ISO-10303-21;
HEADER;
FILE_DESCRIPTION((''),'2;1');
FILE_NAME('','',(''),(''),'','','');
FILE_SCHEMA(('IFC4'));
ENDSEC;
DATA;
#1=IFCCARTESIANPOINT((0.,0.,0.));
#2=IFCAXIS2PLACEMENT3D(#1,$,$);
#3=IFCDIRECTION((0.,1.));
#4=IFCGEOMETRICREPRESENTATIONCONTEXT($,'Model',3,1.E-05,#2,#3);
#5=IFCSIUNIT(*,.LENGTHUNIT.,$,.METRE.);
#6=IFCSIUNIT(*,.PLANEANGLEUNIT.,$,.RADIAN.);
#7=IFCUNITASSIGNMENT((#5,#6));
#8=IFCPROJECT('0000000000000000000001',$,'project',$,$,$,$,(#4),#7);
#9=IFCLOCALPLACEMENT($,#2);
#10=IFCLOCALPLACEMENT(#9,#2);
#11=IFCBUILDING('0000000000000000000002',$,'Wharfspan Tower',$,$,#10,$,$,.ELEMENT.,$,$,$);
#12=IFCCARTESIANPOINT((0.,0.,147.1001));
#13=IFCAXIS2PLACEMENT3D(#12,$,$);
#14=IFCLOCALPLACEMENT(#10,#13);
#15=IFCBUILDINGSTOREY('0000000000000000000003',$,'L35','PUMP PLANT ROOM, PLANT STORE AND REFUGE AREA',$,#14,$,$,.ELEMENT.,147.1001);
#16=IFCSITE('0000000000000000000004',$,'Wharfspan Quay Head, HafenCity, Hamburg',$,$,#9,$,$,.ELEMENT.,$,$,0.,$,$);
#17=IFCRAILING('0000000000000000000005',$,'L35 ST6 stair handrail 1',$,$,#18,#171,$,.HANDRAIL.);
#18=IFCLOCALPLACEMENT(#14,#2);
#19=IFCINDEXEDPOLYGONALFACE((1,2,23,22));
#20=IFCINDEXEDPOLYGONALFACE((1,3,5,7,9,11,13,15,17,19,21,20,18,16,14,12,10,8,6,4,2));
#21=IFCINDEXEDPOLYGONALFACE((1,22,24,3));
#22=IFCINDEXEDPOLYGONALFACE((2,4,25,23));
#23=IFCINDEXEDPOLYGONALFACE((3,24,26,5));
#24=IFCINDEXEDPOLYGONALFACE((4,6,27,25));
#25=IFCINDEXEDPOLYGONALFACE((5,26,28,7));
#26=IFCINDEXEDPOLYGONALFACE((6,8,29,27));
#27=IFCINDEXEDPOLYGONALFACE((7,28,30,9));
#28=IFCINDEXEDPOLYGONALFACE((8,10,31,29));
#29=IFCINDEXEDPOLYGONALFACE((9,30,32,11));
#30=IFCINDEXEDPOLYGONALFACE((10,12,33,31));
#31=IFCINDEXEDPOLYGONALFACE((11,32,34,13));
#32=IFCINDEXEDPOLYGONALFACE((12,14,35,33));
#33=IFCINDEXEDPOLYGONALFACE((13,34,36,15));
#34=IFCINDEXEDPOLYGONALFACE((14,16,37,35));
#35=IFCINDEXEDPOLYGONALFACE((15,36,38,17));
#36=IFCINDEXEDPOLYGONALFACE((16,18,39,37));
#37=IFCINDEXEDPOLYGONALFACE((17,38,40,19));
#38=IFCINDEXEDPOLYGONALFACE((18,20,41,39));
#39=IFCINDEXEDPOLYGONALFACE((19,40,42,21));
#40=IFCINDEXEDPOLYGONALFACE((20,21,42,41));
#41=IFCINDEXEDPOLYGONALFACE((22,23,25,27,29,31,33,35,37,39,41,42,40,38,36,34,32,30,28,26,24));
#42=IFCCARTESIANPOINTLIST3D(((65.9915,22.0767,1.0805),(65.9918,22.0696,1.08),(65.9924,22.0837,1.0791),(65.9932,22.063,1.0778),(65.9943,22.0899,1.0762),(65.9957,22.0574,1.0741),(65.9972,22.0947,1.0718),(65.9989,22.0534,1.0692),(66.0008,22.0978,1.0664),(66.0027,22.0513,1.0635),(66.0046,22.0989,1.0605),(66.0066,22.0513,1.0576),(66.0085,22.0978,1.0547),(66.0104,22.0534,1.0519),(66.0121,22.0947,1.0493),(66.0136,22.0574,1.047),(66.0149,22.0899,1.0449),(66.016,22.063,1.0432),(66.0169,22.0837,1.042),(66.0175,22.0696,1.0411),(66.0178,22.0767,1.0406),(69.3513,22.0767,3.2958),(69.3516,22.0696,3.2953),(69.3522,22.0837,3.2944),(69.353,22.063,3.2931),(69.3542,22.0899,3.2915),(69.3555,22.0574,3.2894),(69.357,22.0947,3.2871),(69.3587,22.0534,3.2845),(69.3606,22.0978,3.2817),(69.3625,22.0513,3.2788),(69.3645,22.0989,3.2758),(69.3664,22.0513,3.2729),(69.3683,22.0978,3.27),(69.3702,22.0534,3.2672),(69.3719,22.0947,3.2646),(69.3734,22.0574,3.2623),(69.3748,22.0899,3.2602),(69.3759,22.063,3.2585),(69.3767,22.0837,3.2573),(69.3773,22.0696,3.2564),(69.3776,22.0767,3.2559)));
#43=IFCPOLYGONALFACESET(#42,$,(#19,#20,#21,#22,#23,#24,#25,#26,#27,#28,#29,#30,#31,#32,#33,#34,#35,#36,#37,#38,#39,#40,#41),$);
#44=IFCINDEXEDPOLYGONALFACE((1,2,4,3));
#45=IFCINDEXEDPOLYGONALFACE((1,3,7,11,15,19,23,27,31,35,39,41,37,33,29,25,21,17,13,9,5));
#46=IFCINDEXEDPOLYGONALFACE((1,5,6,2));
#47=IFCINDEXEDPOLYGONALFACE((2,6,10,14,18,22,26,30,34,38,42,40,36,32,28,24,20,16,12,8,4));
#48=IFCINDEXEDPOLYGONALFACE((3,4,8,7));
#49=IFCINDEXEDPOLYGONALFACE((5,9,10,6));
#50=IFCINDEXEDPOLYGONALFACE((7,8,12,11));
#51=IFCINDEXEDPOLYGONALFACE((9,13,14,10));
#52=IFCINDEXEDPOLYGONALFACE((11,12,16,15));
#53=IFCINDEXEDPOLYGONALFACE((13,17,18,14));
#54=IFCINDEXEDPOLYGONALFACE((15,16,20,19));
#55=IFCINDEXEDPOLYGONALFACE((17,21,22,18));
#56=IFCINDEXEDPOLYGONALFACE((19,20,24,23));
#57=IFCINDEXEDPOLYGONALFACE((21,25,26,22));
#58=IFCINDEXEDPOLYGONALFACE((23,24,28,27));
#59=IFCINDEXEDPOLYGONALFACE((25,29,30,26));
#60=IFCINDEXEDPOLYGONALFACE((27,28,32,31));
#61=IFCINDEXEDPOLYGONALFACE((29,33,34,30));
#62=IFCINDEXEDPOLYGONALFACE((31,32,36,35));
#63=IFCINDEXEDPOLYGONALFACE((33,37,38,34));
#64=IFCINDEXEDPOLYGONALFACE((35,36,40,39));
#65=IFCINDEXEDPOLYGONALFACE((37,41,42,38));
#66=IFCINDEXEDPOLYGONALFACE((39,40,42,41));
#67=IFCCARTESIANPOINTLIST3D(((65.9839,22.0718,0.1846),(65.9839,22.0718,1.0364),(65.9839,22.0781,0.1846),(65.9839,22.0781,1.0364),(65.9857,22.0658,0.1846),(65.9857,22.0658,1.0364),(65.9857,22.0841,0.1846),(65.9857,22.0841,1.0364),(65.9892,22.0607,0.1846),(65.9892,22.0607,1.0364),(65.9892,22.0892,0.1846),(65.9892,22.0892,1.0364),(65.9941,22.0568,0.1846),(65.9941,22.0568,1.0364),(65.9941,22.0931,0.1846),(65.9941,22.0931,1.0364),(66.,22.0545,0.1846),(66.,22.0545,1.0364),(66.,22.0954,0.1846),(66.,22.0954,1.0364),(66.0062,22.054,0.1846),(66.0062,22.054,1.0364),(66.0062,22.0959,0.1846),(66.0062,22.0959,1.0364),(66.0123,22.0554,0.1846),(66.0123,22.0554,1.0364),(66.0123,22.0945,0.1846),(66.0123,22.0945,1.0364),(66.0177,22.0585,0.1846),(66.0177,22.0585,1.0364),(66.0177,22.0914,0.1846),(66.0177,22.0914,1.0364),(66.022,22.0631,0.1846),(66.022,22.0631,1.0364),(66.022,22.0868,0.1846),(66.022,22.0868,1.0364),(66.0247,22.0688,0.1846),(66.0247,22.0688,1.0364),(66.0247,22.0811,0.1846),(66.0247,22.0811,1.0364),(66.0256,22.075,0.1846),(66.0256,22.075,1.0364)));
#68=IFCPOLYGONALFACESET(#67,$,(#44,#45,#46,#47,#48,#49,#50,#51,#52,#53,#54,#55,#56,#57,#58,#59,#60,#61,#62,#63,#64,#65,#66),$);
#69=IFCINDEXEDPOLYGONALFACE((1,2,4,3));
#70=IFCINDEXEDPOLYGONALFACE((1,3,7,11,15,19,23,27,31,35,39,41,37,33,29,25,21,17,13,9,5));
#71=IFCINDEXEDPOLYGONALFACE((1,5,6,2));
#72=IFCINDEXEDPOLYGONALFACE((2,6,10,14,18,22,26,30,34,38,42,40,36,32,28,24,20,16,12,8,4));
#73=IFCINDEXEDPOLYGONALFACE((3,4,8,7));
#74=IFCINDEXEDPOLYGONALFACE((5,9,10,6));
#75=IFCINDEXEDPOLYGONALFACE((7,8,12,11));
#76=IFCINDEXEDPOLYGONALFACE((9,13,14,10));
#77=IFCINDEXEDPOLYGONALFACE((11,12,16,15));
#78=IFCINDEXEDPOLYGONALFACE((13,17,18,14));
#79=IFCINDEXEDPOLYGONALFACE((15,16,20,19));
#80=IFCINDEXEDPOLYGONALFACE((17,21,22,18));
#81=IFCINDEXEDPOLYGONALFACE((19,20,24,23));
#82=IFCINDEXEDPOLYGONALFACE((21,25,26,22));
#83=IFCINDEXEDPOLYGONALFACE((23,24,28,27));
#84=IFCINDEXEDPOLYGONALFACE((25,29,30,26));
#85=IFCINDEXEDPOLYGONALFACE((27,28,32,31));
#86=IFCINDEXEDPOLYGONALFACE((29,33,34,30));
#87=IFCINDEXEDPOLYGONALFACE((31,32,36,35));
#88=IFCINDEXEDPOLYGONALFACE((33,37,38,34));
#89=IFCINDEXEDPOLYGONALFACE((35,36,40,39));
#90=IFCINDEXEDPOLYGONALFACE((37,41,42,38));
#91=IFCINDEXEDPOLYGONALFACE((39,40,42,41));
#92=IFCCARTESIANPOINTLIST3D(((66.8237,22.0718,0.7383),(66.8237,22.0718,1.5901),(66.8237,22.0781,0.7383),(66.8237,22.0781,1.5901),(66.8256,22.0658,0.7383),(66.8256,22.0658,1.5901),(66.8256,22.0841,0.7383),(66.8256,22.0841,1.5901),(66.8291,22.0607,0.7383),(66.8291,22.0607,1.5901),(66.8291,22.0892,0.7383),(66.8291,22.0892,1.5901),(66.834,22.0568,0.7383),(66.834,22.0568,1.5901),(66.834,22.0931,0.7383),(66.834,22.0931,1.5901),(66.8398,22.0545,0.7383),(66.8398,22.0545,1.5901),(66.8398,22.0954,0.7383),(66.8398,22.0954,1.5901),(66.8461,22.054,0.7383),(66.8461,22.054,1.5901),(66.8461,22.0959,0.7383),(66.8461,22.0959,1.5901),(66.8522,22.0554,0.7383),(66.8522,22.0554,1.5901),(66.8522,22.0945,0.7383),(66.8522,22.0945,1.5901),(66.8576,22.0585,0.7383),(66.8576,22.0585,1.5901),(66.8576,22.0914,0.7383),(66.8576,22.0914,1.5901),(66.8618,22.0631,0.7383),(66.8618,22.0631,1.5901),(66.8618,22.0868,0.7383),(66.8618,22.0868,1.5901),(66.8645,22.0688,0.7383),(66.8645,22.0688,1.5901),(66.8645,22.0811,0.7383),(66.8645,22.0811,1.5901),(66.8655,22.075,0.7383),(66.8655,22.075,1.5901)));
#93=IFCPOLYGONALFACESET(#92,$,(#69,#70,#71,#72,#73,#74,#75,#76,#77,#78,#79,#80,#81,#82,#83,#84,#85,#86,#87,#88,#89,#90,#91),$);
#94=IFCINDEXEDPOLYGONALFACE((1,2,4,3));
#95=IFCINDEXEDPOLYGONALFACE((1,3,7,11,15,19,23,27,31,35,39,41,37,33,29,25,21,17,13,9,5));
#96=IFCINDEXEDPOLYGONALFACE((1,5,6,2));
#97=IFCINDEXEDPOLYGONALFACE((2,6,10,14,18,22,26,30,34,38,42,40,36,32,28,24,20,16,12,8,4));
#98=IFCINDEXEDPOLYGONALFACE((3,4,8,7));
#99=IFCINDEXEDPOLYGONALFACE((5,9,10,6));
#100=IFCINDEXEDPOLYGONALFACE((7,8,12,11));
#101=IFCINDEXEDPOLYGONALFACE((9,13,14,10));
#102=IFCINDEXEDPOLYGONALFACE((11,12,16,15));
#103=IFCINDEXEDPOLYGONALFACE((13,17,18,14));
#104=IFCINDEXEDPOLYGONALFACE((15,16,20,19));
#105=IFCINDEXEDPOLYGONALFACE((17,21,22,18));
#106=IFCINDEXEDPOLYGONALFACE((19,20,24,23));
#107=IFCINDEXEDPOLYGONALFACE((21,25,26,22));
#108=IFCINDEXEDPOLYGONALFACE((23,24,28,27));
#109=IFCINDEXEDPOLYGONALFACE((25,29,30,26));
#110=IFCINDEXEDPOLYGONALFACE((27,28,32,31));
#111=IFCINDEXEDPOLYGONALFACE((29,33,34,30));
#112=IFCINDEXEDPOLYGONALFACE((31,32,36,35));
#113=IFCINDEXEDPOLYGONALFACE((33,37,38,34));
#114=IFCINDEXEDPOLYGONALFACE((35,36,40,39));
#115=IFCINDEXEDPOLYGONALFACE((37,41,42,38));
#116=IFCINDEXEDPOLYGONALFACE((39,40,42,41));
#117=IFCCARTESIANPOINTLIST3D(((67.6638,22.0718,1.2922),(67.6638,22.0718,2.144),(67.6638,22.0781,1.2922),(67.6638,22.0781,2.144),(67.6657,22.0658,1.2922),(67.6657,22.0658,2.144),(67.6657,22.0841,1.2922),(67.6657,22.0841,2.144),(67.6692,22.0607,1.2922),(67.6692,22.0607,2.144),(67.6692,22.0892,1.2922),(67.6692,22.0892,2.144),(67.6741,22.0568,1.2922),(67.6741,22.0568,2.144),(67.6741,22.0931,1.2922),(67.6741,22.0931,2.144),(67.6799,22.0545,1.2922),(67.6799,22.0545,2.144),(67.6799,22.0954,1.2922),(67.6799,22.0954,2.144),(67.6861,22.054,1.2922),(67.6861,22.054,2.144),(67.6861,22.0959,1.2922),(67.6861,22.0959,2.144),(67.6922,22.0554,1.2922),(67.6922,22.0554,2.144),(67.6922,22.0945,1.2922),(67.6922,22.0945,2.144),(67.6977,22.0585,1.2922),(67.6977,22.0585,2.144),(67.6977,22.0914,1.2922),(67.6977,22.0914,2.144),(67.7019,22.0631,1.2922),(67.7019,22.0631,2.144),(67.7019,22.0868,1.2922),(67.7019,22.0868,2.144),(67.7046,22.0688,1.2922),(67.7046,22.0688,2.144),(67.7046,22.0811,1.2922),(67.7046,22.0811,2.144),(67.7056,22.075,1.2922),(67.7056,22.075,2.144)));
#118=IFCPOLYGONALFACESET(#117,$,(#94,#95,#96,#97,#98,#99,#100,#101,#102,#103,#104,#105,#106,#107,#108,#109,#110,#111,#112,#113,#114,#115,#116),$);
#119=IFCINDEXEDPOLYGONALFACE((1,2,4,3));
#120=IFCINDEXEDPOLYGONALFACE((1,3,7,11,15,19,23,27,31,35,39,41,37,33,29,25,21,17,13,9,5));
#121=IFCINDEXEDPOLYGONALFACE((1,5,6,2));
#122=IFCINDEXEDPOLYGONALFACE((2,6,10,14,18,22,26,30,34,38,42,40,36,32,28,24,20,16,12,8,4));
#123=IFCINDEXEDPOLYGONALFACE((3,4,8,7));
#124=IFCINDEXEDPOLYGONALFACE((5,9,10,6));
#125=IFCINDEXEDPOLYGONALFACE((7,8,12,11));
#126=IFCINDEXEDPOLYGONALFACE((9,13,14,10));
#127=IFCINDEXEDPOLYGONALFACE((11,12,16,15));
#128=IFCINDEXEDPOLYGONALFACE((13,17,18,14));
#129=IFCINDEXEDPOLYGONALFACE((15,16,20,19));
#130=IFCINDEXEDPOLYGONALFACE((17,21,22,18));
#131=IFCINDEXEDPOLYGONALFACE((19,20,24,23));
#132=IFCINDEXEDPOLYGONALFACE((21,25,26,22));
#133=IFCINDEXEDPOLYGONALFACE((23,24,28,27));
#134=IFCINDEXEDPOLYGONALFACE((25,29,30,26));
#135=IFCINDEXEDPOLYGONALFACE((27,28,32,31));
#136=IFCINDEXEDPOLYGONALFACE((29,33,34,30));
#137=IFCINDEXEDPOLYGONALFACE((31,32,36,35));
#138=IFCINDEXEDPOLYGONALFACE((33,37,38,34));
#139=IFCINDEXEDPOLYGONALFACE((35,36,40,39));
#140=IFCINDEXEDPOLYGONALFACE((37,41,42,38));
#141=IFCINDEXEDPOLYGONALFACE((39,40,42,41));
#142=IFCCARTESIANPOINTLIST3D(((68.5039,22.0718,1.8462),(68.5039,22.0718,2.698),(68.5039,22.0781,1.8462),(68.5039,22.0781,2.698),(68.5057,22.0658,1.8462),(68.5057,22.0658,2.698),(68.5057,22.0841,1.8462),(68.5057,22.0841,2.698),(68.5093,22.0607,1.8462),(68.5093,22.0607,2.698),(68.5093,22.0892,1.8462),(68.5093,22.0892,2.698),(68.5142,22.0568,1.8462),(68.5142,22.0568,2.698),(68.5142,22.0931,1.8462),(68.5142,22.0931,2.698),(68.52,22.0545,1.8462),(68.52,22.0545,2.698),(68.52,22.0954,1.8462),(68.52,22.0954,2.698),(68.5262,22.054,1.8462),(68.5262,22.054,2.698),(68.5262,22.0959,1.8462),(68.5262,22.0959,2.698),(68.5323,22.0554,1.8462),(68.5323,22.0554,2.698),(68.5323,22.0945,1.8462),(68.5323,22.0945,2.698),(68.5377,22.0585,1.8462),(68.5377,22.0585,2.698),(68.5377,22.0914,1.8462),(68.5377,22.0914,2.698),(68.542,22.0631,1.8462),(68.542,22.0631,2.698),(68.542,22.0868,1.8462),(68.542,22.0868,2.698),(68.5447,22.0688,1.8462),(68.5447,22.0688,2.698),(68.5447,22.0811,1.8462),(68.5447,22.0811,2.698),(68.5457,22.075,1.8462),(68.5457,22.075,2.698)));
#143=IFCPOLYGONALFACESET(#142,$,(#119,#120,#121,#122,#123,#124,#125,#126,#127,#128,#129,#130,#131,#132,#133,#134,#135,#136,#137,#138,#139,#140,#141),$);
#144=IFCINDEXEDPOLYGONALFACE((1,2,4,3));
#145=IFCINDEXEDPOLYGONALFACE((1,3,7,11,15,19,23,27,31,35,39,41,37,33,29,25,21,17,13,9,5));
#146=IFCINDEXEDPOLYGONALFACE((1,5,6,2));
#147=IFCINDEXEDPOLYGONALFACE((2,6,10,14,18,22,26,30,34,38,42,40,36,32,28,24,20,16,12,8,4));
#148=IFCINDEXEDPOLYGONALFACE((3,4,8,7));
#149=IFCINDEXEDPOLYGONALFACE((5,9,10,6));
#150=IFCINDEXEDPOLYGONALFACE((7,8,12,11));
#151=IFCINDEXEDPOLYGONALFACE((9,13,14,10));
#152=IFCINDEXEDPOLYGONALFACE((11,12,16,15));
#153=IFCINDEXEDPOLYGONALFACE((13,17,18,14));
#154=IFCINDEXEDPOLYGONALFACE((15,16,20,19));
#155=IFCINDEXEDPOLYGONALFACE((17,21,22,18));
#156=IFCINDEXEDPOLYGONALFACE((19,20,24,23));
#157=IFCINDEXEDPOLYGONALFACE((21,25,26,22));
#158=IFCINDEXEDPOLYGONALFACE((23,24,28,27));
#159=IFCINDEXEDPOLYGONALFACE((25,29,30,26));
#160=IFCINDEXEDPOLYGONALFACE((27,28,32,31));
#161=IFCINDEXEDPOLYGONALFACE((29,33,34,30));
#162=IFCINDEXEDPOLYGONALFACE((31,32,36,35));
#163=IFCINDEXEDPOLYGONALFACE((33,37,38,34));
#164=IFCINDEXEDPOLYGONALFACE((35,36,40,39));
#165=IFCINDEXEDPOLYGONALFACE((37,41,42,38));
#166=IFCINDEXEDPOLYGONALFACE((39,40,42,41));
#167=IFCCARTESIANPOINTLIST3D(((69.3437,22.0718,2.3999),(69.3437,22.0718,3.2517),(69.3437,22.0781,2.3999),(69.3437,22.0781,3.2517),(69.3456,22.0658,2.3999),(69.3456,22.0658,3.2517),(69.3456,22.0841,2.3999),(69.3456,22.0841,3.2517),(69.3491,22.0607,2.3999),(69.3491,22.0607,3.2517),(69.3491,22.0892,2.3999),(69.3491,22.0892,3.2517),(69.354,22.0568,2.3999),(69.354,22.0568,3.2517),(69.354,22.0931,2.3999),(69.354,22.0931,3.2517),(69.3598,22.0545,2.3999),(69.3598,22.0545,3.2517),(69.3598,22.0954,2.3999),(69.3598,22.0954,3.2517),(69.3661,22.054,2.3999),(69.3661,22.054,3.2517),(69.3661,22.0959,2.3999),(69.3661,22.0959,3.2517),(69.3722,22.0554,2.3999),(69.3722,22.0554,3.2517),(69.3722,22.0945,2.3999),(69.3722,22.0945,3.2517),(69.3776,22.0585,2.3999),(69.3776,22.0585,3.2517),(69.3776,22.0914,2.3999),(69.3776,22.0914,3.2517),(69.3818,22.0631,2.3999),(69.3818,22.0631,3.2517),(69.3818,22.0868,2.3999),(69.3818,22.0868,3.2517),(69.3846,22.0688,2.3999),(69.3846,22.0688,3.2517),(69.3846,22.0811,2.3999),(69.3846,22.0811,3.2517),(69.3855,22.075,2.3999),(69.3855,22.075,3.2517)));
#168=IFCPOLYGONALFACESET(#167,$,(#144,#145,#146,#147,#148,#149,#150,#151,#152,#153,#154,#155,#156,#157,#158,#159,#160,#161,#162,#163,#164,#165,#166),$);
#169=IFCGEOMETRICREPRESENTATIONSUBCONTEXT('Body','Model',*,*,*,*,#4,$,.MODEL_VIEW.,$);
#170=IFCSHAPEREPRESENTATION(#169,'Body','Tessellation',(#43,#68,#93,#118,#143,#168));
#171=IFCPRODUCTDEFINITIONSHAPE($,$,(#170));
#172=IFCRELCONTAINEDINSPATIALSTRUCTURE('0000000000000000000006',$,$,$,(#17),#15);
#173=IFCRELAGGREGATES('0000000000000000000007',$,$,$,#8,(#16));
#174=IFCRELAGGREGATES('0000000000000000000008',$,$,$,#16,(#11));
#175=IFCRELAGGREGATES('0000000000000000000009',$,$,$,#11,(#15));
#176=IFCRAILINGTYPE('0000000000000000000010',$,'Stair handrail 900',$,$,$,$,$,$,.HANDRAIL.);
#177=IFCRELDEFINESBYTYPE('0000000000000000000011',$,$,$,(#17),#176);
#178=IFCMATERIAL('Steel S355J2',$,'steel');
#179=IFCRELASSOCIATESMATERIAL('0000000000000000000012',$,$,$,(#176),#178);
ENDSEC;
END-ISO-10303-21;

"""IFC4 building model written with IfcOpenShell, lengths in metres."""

from ifc_helpers import new_model, si_unit, direction, frame, origin, origin_2d, place, context, subcontext, project, spatial, circle, extrude, material, type_object, element, save


model = new_model("IFC4")

# Units and contexts
model_context = context("Model", 3, precision=1e-05, world=origin(), true_north=direction((0.0, 1.0)))
body_context = subcontext(model_context, "Body", "Model", "MODEL_VIEW")
ifc_project = project(units=[si_unit("LENGTHUNIT", "METRE"), si_unit("PLANEANGLEUNIT", "RADIAN")], contexts=[model_context])

# Site, building, storey
site_placement = place(None, origin())
site = spatial("IfcSite", under=ifc_project, at=site_placement, Name="Wharfspan Quay Head, HafenCity, Hamburg", CompositionType="ELEMENT", RefElevation=0.0)
building_placement = place(site_placement, origin())
building = spatial("IfcBuilding", under=site, at=building_placement, Name="Wharfspan Tower", CompositionType="ELEMENT")
storey_placement = place(building_placement, frame((0.0, 0.0, 147.1001)))
storey = spatial("IfcBuildingStorey", under=building, at=storey_placement, Name="L35", Description="PUMP PLANT ROOM, PLANT STORE AND REFUGE AREA", CompositionType="ELEMENT", Elevation=147.1001)

# Shared definitions
ifc_material_1 = material(Name="Steel S355J2", Category="steel")

# Railing
railing_type_1 = type_object("IfcRailingType", Name="Stair handrail 900", PredefinedType="HANDRAIL", material=ifc_material_1)
railing_1_placement = place(storey_placement, frame((66.0046, 22.075, 0.1846)))
element("IfcRailing", 1, at=railing_1_placement, inside=storey, type_object=railing_type_1, Name="L35 ST6 stair handrail 1", PredefinedType="HANDRAIL", context=body_context, shape_type="SweptSolid", body=[
    extrude(circle(Radius=0.0239, at=origin_2d()), frame((0.0, 0.0, 0.876), z_axis=(0.834858, 0.0, 0.550465), x_axis=(0.0, 1.0, 0.0)), (0.0, 0.0, 1.0), 4.0244),
    extrude(circle(Radius=0.021, at=origin_2d()), origin(), (0.0, 0.0, 1.0), 0.8518),
    extrude(circle(Radius=0.021, at=origin_2d()), frame((0.8398, 0.0, 0.5537)), (0.0, 0.0, 1.0), 0.8518),
    extrude(circle(Radius=0.021, at=origin_2d()), frame((1.6799, 0.0, 1.1077)), (0.0, 0.0, 1.0), 0.8518),
    extrude(circle(Radius=0.021, at=origin_2d()), frame((2.52, 0.0, 1.6616)), (0.0, 0.0, 1.0), 0.8518),
    extrude(circle(Radius=0.021, at=origin_2d()), frame((3.3599, 0.0, 2.2153)), (0.0, 0.0, 1.0), 0.8518),
])

save(model, "model.ifc")
